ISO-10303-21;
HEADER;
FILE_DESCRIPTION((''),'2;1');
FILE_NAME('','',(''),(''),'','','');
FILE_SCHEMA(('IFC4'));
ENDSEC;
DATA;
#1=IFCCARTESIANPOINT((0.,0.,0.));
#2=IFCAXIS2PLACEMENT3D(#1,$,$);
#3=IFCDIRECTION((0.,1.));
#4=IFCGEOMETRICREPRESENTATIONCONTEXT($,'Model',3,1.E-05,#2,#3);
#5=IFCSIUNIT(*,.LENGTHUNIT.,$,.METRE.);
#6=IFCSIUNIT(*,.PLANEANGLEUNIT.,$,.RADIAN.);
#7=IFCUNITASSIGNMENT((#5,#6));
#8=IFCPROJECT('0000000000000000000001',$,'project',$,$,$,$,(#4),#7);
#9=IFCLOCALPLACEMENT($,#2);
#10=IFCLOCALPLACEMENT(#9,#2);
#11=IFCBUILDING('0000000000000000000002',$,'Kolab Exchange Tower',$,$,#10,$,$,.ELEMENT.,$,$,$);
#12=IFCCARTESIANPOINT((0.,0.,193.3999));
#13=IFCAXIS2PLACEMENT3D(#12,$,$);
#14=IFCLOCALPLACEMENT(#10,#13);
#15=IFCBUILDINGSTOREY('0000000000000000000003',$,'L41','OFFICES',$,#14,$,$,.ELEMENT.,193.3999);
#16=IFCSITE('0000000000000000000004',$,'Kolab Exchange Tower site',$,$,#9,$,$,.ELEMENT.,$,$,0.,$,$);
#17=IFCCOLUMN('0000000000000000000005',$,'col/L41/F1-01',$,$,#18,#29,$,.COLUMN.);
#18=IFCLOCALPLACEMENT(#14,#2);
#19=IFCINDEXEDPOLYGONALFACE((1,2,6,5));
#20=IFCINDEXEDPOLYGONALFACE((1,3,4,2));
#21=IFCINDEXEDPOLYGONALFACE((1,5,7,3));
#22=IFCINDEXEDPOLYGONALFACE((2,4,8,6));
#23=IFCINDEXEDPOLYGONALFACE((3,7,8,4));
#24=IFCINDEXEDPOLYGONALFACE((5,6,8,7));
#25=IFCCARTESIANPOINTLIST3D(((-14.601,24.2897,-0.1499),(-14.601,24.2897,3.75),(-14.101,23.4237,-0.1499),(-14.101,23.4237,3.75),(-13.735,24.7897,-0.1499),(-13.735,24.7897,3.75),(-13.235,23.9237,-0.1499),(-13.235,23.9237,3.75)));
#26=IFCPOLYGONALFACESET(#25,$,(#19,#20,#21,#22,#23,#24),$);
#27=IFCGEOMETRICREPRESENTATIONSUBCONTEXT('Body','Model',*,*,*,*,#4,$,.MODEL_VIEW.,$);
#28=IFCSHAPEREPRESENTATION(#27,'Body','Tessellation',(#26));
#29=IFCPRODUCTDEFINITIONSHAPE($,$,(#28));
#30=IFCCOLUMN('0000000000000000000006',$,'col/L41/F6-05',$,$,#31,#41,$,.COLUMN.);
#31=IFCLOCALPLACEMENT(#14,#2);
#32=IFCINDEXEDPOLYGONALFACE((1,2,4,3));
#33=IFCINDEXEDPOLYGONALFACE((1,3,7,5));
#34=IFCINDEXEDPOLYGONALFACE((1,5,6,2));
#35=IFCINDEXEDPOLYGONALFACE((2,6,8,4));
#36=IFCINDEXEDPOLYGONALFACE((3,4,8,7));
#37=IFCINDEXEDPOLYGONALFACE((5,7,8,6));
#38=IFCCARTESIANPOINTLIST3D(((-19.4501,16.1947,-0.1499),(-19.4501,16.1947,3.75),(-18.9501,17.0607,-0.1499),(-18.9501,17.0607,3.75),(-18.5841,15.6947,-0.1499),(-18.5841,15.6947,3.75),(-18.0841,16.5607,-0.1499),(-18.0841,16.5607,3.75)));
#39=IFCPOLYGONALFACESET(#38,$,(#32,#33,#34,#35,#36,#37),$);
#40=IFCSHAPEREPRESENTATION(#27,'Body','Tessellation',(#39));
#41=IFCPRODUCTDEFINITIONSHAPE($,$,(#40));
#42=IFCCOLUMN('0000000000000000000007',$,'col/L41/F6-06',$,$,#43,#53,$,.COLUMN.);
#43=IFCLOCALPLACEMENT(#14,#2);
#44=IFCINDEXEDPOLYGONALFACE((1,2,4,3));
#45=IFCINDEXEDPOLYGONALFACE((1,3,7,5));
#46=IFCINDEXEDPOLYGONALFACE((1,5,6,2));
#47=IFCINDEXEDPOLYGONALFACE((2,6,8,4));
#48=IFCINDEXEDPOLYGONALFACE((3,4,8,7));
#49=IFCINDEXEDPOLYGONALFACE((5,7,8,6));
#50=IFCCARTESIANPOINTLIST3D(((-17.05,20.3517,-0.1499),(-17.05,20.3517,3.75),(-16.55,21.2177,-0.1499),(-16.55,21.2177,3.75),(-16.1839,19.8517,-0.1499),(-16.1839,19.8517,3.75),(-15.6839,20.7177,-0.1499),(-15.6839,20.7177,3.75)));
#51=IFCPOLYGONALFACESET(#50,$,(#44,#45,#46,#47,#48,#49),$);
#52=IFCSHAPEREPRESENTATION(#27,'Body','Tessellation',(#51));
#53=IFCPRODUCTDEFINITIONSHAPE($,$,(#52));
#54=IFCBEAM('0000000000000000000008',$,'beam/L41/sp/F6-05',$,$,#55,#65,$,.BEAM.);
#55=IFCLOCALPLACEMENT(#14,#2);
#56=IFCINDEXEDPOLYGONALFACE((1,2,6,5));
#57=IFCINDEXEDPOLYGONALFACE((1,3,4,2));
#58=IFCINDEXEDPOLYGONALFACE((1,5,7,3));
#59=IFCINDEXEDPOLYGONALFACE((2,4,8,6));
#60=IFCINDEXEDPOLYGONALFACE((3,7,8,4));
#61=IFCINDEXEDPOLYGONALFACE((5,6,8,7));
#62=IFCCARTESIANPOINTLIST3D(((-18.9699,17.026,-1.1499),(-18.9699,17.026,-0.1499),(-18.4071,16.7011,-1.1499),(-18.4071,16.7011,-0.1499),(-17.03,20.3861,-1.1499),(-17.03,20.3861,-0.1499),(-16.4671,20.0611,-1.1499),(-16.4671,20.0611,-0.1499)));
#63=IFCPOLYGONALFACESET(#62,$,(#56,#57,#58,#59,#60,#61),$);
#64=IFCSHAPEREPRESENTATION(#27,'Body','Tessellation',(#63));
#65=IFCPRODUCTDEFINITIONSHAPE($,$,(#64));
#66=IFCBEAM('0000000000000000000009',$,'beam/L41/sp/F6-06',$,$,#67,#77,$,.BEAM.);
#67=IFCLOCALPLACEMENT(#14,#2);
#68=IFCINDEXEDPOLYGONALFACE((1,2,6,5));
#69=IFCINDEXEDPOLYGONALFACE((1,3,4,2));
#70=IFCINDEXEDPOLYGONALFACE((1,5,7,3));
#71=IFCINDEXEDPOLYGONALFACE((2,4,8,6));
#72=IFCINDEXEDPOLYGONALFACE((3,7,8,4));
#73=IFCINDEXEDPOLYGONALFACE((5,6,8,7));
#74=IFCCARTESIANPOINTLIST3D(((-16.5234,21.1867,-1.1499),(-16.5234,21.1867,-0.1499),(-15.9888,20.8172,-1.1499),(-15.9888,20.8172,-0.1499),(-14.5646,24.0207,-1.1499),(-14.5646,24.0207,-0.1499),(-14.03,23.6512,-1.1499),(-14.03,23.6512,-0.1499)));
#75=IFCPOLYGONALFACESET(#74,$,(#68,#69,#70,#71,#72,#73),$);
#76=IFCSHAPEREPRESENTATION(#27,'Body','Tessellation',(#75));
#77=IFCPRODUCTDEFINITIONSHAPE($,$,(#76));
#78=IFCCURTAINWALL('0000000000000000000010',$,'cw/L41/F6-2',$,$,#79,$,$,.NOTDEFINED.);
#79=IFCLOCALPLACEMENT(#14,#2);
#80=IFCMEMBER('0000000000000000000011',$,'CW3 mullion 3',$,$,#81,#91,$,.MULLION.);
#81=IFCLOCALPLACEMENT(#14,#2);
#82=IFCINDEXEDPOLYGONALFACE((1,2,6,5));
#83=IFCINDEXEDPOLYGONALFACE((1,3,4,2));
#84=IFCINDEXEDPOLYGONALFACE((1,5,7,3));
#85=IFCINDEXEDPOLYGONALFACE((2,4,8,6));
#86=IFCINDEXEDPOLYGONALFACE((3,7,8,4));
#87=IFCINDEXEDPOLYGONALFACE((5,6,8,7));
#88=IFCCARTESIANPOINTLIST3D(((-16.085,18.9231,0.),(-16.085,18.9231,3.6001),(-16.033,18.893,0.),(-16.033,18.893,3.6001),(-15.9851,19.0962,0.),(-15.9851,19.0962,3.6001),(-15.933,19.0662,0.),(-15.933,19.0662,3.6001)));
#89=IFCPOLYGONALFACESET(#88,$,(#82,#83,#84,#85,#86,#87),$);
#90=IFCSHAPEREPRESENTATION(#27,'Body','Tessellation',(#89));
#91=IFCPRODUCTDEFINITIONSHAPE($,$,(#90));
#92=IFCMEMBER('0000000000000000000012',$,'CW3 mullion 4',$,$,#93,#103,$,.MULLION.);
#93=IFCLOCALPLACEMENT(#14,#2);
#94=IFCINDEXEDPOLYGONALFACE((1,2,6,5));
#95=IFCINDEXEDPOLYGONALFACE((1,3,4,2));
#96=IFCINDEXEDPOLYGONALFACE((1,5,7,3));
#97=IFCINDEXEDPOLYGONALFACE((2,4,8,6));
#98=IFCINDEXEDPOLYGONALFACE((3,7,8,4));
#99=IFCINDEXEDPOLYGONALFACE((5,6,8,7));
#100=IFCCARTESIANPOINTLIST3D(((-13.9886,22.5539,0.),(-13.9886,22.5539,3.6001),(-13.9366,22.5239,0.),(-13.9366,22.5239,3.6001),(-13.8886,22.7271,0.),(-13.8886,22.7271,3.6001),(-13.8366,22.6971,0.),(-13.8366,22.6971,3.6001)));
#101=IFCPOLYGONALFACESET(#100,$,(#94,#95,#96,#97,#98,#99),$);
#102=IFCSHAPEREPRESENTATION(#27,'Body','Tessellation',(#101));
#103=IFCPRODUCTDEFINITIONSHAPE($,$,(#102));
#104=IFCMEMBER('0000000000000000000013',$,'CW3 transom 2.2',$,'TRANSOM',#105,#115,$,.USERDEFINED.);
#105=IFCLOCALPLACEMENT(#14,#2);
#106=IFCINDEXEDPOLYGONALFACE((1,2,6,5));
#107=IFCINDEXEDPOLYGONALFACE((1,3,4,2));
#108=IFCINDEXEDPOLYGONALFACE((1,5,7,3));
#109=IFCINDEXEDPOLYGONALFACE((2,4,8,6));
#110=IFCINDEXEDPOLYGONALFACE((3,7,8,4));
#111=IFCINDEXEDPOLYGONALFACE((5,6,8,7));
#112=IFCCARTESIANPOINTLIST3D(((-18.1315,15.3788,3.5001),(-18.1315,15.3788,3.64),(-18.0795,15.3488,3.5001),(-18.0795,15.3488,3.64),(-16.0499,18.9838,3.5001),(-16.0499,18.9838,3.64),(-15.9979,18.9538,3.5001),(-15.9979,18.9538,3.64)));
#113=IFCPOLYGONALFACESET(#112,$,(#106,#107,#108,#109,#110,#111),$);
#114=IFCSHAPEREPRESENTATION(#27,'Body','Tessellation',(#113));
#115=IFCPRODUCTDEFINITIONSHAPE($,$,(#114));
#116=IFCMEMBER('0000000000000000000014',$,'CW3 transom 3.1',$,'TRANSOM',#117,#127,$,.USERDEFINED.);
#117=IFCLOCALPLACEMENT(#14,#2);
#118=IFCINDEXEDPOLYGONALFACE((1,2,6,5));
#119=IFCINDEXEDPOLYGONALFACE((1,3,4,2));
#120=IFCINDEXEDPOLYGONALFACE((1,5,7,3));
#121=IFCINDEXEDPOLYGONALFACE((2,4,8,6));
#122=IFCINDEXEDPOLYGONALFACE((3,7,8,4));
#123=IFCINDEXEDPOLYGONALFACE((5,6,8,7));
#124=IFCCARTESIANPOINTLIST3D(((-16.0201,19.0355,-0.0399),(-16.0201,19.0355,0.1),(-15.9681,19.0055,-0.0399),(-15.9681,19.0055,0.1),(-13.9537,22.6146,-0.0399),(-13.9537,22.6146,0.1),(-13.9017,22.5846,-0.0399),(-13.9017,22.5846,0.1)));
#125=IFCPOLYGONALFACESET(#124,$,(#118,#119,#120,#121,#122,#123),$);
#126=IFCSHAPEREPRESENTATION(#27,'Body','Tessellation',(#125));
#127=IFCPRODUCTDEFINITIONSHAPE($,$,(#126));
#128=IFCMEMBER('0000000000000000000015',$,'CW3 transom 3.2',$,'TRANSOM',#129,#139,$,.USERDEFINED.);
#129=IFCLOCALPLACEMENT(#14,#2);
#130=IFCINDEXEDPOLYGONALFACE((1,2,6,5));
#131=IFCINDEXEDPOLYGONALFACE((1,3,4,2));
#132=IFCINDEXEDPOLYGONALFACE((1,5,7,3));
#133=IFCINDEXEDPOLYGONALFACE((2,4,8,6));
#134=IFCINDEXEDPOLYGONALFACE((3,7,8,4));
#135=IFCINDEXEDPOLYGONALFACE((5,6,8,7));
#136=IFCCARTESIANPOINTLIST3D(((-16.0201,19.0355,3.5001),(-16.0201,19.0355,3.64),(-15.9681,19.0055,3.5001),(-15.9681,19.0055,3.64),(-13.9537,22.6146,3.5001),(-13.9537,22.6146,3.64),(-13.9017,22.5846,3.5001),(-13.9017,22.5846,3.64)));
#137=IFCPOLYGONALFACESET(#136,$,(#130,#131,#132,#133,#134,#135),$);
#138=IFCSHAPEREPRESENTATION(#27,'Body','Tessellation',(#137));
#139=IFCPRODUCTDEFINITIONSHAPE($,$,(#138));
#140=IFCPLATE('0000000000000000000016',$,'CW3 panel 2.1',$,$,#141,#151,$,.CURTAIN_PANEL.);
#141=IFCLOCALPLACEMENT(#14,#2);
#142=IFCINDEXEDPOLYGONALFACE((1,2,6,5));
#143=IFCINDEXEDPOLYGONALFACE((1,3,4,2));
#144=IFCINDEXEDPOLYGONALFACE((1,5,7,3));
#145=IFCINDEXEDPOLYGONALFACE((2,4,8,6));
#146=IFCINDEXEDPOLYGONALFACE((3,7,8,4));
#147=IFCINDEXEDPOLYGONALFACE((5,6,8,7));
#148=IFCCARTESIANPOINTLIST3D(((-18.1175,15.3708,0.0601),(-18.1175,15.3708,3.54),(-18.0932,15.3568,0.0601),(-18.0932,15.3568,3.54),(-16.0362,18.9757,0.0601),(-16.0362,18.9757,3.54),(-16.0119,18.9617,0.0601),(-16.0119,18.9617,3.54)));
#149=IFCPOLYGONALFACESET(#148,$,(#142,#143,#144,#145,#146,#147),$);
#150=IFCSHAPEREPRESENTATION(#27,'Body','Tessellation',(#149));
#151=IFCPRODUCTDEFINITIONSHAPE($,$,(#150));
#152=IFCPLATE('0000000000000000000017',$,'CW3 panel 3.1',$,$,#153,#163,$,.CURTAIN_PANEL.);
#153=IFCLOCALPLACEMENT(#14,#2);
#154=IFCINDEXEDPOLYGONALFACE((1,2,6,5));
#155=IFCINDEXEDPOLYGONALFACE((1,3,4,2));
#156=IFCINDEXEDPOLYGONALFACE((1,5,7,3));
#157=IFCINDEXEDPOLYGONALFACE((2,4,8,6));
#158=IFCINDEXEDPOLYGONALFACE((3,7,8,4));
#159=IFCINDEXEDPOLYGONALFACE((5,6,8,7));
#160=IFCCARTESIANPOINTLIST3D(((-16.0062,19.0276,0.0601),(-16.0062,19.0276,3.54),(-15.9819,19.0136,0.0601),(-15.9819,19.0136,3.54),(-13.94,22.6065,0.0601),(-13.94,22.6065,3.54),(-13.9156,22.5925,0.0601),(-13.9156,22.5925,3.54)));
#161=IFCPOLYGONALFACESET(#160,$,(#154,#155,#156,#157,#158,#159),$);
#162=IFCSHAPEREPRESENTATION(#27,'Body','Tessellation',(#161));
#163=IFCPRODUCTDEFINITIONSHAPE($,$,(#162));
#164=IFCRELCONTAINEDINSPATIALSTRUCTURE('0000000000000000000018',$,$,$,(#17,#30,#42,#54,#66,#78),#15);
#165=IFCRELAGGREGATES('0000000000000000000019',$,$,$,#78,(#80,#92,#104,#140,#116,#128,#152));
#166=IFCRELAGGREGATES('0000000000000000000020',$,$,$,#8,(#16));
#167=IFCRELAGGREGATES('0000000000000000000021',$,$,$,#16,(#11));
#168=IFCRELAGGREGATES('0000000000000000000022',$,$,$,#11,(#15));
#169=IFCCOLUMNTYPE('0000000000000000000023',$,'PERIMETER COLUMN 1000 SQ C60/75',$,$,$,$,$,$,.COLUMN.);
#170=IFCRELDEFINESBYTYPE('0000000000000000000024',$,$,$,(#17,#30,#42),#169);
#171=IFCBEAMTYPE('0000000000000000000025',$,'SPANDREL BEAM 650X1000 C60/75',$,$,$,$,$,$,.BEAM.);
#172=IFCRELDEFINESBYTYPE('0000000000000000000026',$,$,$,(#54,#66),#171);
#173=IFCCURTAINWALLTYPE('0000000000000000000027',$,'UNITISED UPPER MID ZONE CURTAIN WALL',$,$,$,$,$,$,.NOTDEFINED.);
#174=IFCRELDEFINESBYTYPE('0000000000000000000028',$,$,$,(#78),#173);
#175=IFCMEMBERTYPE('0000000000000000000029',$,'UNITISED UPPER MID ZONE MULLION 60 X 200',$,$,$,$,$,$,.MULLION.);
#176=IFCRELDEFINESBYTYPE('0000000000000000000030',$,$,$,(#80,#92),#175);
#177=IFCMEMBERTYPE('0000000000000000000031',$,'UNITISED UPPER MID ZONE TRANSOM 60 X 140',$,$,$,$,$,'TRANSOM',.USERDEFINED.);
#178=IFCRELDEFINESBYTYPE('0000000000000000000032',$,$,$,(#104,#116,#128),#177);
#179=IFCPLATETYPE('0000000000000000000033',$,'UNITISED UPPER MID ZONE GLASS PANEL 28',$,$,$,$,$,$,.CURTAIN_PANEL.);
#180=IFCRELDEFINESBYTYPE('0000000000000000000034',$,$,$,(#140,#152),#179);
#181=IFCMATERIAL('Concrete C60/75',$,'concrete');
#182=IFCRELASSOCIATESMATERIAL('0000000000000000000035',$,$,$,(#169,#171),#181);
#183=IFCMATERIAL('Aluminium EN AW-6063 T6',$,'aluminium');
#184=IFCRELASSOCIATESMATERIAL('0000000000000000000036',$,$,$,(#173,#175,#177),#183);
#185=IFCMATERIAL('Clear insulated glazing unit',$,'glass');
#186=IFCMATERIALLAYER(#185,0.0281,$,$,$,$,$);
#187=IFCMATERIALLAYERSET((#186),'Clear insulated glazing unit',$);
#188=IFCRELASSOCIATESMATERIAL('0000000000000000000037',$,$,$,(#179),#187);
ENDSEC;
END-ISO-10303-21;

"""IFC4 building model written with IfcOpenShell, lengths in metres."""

from ifc_helpers import new_model, si_unit, direction, frame, origin, origin_2d, place, context, subcontext, project, spatial, rectangle, extrude, material, layer, layer_set, material_profile, profile_set, type_object, element, aggregate, save


model = new_model("IFC4")

# Units and contexts
model_context = context("Model", 3, precision=1e-05, world=origin(), true_north=direction((0.0, 1.0)))
body_context = subcontext(model_context, "Body", "Model", "MODEL_VIEW")
ifc_project = project(units=[si_unit("LENGTHUNIT", "METRE"), si_unit("PLANEANGLEUNIT", "RADIAN")], contexts=[model_context])

# Site, building, storey
site_placement = place(None, origin())
site = spatial("IfcSite", under=ifc_project, at=site_placement, Name="Kolab Exchange Tower site", CompositionType="ELEMENT", RefElevation=0.0)
building_placement = place(site_placement, origin())
building = spatial("IfcBuilding", under=site, at=building_placement, Name="Kolab Exchange Tower", CompositionType="ELEMENT")
storey_placement = place(building_placement, frame((0.0, 0.0, 193.3999)))
storey = spatial("IfcBuildingStorey", under=building, at=storey_placement, Name="L41", Description="OFFICES", CompositionType="ELEMENT", Elevation=193.3999)

# Columns
ifc_material_1 = material(Name="Concrete C60/75", Category="concrete")
ifc_material_profile_1 = material_profile(ifc_material_1, rectangle(XDim=1.0, YDim=1.0, at=origin_2d()), Name="RC1000")
ifc_profile_set_1 = profile_set([ifc_material_profile_1], Name="Concrete C60/75")
column_type = type_object("IfcColumnType", Name="PERIMETER COLUMN 1000 SQ C60/75", PredefinedType="COLUMN", material=ifc_profile_set_1)
for number, where, z_axis, x_axis, name in (
    (1, (-13.918, 24.1067, -0.1499), (0.0, 0.0, 1.0), (0.866025, 0.5, 0.0), "col/L41/F1-01"),
    (2, (-18.7671, 16.3777, -0.1499), (0.0, 0.0, 1.0), (0.5, 0.866025, 0.0), "col/L41/F6-05"),
    (3, (-16.3669, 20.5347, -0.1499), (0.0, 0.0, 1.0), (0.5, 0.866025, 0.0), "col/L41/F6-06"),
):
    element("IfcColumn", number, at=place(storey_placement, frame(where, z_axis=z_axis, x_axis=x_axis)), inside=storey, type_object=column_type, Name=name, PredefinedType="COLUMN", context=body_context, shape_type="SweptSolid", body=[
        extrude(rectangle(XDim=1.0, YDim=1.0, at=origin_2d()), origin(), (0.0, 0.0, 1.0), 3.8999),
    ])

# Beams
ifc_material_profile_2 = material_profile(ifc_material_1, rectangle(XDim=0.6499, YDim=1.0, at=origin_2d()), Name="RC650X1000")
ifc_profile_set_2 = profile_set([ifc_material_profile_2], Name="Concrete C60/75")
beam_type = type_object("IfcBeamType", Name="SPANDREL BEAM 650X1000 C60/75", PredefinedType="BEAM", material=ifc_profile_set_2)
beam_1_placement = place(storey_placement, frame((-18.6885, 16.8635, -0.6499), z_axis=(0.499997, 0.866027, 0.0), x_axis=(-0.866027, 0.499997, 0.0)))
element("IfcBeam", 4, at=beam_1_placement, inside=storey, type_object=beam_type, Name="beam/L41/sp/F6-05", PredefinedType="BEAM", context=body_context, shape_type="SweptSolid", body=[
    extrude(rectangle(XDim=0.6499, YDim=1.0, at=origin_2d()), origin(), (0.0, 0.0, 1.0), 3.8799),
])
beam_2_placement = place(storey_placement, frame((-16.2561, 21.002, -0.6499), z_axis=(0.568572, 0.822633, 0.0), x_axis=(-0.822633, 0.568572, 0.0)))
element("IfcBeam", 5, at=beam_2_placement, inside=storey, type_object=beam_type, Name="beam/L41/sp/F6-06", PredefinedType="BEAM", context=body_context, shape_type="SweptSolid", body=[
    extrude(rectangle(XDim=0.6499, YDim=1.0, at=origin_2d()), origin(), (0.0, 0.0, 1.0), 3.4451),
])

# Curtain wall, members, plates
ifc_material_2 = material(Name="Aluminium EN AW-6063 T6", Category="aluminium")
curtain_wall_type = type_object("IfcCurtainWallType", Name="UNITISED UPPER MID ZONE CURTAIN WALL", PredefinedType="NOTDEFINED", material=ifc_material_2)
curtain_wall_placement = place(storey_placement, origin())
curtain_wall = element("IfcCurtainWall", 6, at=curtain_wall_placement, inside=storey, type_object=curtain_wall_type, Name="cw/L41/F6-2", PredefinedType="NOTDEFINED")
ifc_material_profile_3 = material_profile(ifc_material_2, rectangle(XDim=0.0601, YDim=0.2, at=origin_2d()), Name="RECT 60X200")
ifc_profile_set_3 = profile_set([ifc_material_profile_3], Name="Aluminium EN AW-6063 T6")
member_type_1 = type_object("IfcMemberType", Name="UNITISED UPPER MID ZONE MULLION 60 X 200", PredefinedType="MULLION", material=ifc_profile_set_3)
member_1_placement = place(storey_placement, frame((-16.009, 18.9946, 0.0), z_axis=(0.0, 0.0, 1.0), x_axis=(-0.866025, 0.5, 0.0)))
member_1 = element("IfcMember", 7, at=member_1_placement, type_object=member_type_1, Name="CW3 mullion 3", PredefinedType="MULLION", context=body_context, shape_type="SweptSolid", body=[
    extrude(rectangle(XDim=0.0601, YDim=0.2, at=origin_2d()), origin(), (0.0, 0.0, 1.0), 3.6001),
])
member_2_placement = place(storey_placement, frame((-13.9126, 22.6255, 0.0), z_axis=(0.0, 0.0, 1.0), x_axis=(-0.866025, 0.5, 0.0)))
member_2 = element("IfcMember", 8, at=member_2_placement, type_object=member_type_1, Name="CW3 mullion 4", PredefinedType="MULLION", context=body_context, shape_type="SweptSolid", body=[
    extrude(rectangle(XDim=0.0601, YDim=0.2, at=origin_2d()), origin(), (0.0, 0.0, 1.0), 3.6001),
])
ifc_material_profile_4 = material_profile(ifc_material_2, rectangle(XDim=0.0601, YDim=0.1399, at=origin_2d()), Name="RECT 60X140")
ifc_profile_set_4 = profile_set([ifc_material_profile_4], Name="Aluminium EN AW-6063 T6")
member_type_2 = type_object("IfcMemberType", Name="UNITISED UPPER MID ZONE TRANSOM 60 X 140", ElementType="TRANSOM", PredefinedType="USERDEFINED", material=ifc_profile_set_4)
member_3_placement = place(storey_placement, frame((-18.1055, 15.3638, 3.5701), z_axis=(0.500037, 0.866004, 0.0), x_axis=(-0.866004, 0.500037, 0.0)))
member_3 = element("IfcMember", 9, at=member_3_placement, type_object=member_type_2, Name="CW3 transom 2.2", ObjectType="TRANSOM", PredefinedType="USERDEFINED", context=body_context, shape_type="SweptSolid", body=[
    extrude(rectangle(XDim=0.0601, YDim=0.1399, at=origin_2d()), origin(), (0.0, 0.0, 1.0), 4.1628),
])
member_4_placement = place(storey_placement, frame((-15.9941, 19.0205, 0.03), z_axis=(0.500002, 0.866024, 0.0), x_axis=(-0.866024, 0.500002, 0.0)))
member_4 = element("IfcMember", 10, at=member_4_placement, type_object=member_type_2, Name="CW3 transom 3.1", ObjectType="TRANSOM", PredefinedType="USERDEFINED", context=body_context, shape_type="SweptSolid", body=[
    extrude(rectangle(XDim=0.0601, YDim=0.1399, at=origin_2d()), origin(), (0.0, 0.0, 1.0), 4.1328),
])
member_5_placement = place(storey_placement, frame((-15.9941, 19.0205, 3.5701), z_axis=(0.500002, 0.866024, 0.0), x_axis=(-0.866024, 0.500002, 0.0)))
member_5 = element("IfcMember", 11, at=member_5_placement, type_object=member_type_2, Name="CW3 transom 3.2", ObjectType="TRANSOM", PredefinedType="USERDEFINED", context=body_context, shape_type="SweptSolid", body=[
    extrude(rectangle(XDim=0.0601, YDim=0.1399, at=origin_2d()), origin(), (0.0, 0.0, 1.0), 4.1328),
])
ifc_material_3 = material(Name="Clear insulated glazing unit", Category="glass")
ifc_layer_1 = layer(ifc_material_3, 0.0281)
ifc_layer_set_1 = layer_set([ifc_layer_1], Name="Clear insulated glazing unit")
plate_type = type_object("IfcPlateType", Name="UNITISED UPPER MID ZONE GLASS PANEL 28", PredefinedType="CURTAIN_PANEL", material=ifc_layer_set_1)
plate_1_placement = place(storey_placement, frame((-17.0647, 17.1663, 0.0601), z_axis=(0.0, 0.0, 1.0), x_axis=(0.5, 0.866025, 0.0)))
plate_1 = element("IfcPlate", 12, at=plate_1_placement, type_object=plate_type, Name="CW3 panel 2.1", PredefinedType="CURTAIN_PANEL", context=body_context, shape_type="SweptSolid", body=[
    extrude(rectangle(XDim=4.1626, YDim=0.0281, at=origin_2d()), origin(), (0.0, 0.0, 1.0), 3.48),
])
plate_2_placement = place(storey_placement, frame((-14.9609, 20.8101, 0.0601), z_axis=(0.0, 0.0, 1.0), x_axis=(0.5, 0.866025, 0.0)))
plate_2 = element("IfcPlate", 13, at=plate_2_placement, type_object=plate_type, Name="CW3 panel 3.1", PredefinedType="CURTAIN_PANEL", context=body_context, shape_type="SweptSolid", body=[
    extrude(rectangle(XDim=4.1326, YDim=0.0281, at=origin_2d()), origin(), (0.0, 0.0, 1.0), 3.48),
])
aggregate(curtain_wall, [member_1, member_2, member_3, plate_1, member_4, member_5, plate_2])

save(model, "model.ifc")
